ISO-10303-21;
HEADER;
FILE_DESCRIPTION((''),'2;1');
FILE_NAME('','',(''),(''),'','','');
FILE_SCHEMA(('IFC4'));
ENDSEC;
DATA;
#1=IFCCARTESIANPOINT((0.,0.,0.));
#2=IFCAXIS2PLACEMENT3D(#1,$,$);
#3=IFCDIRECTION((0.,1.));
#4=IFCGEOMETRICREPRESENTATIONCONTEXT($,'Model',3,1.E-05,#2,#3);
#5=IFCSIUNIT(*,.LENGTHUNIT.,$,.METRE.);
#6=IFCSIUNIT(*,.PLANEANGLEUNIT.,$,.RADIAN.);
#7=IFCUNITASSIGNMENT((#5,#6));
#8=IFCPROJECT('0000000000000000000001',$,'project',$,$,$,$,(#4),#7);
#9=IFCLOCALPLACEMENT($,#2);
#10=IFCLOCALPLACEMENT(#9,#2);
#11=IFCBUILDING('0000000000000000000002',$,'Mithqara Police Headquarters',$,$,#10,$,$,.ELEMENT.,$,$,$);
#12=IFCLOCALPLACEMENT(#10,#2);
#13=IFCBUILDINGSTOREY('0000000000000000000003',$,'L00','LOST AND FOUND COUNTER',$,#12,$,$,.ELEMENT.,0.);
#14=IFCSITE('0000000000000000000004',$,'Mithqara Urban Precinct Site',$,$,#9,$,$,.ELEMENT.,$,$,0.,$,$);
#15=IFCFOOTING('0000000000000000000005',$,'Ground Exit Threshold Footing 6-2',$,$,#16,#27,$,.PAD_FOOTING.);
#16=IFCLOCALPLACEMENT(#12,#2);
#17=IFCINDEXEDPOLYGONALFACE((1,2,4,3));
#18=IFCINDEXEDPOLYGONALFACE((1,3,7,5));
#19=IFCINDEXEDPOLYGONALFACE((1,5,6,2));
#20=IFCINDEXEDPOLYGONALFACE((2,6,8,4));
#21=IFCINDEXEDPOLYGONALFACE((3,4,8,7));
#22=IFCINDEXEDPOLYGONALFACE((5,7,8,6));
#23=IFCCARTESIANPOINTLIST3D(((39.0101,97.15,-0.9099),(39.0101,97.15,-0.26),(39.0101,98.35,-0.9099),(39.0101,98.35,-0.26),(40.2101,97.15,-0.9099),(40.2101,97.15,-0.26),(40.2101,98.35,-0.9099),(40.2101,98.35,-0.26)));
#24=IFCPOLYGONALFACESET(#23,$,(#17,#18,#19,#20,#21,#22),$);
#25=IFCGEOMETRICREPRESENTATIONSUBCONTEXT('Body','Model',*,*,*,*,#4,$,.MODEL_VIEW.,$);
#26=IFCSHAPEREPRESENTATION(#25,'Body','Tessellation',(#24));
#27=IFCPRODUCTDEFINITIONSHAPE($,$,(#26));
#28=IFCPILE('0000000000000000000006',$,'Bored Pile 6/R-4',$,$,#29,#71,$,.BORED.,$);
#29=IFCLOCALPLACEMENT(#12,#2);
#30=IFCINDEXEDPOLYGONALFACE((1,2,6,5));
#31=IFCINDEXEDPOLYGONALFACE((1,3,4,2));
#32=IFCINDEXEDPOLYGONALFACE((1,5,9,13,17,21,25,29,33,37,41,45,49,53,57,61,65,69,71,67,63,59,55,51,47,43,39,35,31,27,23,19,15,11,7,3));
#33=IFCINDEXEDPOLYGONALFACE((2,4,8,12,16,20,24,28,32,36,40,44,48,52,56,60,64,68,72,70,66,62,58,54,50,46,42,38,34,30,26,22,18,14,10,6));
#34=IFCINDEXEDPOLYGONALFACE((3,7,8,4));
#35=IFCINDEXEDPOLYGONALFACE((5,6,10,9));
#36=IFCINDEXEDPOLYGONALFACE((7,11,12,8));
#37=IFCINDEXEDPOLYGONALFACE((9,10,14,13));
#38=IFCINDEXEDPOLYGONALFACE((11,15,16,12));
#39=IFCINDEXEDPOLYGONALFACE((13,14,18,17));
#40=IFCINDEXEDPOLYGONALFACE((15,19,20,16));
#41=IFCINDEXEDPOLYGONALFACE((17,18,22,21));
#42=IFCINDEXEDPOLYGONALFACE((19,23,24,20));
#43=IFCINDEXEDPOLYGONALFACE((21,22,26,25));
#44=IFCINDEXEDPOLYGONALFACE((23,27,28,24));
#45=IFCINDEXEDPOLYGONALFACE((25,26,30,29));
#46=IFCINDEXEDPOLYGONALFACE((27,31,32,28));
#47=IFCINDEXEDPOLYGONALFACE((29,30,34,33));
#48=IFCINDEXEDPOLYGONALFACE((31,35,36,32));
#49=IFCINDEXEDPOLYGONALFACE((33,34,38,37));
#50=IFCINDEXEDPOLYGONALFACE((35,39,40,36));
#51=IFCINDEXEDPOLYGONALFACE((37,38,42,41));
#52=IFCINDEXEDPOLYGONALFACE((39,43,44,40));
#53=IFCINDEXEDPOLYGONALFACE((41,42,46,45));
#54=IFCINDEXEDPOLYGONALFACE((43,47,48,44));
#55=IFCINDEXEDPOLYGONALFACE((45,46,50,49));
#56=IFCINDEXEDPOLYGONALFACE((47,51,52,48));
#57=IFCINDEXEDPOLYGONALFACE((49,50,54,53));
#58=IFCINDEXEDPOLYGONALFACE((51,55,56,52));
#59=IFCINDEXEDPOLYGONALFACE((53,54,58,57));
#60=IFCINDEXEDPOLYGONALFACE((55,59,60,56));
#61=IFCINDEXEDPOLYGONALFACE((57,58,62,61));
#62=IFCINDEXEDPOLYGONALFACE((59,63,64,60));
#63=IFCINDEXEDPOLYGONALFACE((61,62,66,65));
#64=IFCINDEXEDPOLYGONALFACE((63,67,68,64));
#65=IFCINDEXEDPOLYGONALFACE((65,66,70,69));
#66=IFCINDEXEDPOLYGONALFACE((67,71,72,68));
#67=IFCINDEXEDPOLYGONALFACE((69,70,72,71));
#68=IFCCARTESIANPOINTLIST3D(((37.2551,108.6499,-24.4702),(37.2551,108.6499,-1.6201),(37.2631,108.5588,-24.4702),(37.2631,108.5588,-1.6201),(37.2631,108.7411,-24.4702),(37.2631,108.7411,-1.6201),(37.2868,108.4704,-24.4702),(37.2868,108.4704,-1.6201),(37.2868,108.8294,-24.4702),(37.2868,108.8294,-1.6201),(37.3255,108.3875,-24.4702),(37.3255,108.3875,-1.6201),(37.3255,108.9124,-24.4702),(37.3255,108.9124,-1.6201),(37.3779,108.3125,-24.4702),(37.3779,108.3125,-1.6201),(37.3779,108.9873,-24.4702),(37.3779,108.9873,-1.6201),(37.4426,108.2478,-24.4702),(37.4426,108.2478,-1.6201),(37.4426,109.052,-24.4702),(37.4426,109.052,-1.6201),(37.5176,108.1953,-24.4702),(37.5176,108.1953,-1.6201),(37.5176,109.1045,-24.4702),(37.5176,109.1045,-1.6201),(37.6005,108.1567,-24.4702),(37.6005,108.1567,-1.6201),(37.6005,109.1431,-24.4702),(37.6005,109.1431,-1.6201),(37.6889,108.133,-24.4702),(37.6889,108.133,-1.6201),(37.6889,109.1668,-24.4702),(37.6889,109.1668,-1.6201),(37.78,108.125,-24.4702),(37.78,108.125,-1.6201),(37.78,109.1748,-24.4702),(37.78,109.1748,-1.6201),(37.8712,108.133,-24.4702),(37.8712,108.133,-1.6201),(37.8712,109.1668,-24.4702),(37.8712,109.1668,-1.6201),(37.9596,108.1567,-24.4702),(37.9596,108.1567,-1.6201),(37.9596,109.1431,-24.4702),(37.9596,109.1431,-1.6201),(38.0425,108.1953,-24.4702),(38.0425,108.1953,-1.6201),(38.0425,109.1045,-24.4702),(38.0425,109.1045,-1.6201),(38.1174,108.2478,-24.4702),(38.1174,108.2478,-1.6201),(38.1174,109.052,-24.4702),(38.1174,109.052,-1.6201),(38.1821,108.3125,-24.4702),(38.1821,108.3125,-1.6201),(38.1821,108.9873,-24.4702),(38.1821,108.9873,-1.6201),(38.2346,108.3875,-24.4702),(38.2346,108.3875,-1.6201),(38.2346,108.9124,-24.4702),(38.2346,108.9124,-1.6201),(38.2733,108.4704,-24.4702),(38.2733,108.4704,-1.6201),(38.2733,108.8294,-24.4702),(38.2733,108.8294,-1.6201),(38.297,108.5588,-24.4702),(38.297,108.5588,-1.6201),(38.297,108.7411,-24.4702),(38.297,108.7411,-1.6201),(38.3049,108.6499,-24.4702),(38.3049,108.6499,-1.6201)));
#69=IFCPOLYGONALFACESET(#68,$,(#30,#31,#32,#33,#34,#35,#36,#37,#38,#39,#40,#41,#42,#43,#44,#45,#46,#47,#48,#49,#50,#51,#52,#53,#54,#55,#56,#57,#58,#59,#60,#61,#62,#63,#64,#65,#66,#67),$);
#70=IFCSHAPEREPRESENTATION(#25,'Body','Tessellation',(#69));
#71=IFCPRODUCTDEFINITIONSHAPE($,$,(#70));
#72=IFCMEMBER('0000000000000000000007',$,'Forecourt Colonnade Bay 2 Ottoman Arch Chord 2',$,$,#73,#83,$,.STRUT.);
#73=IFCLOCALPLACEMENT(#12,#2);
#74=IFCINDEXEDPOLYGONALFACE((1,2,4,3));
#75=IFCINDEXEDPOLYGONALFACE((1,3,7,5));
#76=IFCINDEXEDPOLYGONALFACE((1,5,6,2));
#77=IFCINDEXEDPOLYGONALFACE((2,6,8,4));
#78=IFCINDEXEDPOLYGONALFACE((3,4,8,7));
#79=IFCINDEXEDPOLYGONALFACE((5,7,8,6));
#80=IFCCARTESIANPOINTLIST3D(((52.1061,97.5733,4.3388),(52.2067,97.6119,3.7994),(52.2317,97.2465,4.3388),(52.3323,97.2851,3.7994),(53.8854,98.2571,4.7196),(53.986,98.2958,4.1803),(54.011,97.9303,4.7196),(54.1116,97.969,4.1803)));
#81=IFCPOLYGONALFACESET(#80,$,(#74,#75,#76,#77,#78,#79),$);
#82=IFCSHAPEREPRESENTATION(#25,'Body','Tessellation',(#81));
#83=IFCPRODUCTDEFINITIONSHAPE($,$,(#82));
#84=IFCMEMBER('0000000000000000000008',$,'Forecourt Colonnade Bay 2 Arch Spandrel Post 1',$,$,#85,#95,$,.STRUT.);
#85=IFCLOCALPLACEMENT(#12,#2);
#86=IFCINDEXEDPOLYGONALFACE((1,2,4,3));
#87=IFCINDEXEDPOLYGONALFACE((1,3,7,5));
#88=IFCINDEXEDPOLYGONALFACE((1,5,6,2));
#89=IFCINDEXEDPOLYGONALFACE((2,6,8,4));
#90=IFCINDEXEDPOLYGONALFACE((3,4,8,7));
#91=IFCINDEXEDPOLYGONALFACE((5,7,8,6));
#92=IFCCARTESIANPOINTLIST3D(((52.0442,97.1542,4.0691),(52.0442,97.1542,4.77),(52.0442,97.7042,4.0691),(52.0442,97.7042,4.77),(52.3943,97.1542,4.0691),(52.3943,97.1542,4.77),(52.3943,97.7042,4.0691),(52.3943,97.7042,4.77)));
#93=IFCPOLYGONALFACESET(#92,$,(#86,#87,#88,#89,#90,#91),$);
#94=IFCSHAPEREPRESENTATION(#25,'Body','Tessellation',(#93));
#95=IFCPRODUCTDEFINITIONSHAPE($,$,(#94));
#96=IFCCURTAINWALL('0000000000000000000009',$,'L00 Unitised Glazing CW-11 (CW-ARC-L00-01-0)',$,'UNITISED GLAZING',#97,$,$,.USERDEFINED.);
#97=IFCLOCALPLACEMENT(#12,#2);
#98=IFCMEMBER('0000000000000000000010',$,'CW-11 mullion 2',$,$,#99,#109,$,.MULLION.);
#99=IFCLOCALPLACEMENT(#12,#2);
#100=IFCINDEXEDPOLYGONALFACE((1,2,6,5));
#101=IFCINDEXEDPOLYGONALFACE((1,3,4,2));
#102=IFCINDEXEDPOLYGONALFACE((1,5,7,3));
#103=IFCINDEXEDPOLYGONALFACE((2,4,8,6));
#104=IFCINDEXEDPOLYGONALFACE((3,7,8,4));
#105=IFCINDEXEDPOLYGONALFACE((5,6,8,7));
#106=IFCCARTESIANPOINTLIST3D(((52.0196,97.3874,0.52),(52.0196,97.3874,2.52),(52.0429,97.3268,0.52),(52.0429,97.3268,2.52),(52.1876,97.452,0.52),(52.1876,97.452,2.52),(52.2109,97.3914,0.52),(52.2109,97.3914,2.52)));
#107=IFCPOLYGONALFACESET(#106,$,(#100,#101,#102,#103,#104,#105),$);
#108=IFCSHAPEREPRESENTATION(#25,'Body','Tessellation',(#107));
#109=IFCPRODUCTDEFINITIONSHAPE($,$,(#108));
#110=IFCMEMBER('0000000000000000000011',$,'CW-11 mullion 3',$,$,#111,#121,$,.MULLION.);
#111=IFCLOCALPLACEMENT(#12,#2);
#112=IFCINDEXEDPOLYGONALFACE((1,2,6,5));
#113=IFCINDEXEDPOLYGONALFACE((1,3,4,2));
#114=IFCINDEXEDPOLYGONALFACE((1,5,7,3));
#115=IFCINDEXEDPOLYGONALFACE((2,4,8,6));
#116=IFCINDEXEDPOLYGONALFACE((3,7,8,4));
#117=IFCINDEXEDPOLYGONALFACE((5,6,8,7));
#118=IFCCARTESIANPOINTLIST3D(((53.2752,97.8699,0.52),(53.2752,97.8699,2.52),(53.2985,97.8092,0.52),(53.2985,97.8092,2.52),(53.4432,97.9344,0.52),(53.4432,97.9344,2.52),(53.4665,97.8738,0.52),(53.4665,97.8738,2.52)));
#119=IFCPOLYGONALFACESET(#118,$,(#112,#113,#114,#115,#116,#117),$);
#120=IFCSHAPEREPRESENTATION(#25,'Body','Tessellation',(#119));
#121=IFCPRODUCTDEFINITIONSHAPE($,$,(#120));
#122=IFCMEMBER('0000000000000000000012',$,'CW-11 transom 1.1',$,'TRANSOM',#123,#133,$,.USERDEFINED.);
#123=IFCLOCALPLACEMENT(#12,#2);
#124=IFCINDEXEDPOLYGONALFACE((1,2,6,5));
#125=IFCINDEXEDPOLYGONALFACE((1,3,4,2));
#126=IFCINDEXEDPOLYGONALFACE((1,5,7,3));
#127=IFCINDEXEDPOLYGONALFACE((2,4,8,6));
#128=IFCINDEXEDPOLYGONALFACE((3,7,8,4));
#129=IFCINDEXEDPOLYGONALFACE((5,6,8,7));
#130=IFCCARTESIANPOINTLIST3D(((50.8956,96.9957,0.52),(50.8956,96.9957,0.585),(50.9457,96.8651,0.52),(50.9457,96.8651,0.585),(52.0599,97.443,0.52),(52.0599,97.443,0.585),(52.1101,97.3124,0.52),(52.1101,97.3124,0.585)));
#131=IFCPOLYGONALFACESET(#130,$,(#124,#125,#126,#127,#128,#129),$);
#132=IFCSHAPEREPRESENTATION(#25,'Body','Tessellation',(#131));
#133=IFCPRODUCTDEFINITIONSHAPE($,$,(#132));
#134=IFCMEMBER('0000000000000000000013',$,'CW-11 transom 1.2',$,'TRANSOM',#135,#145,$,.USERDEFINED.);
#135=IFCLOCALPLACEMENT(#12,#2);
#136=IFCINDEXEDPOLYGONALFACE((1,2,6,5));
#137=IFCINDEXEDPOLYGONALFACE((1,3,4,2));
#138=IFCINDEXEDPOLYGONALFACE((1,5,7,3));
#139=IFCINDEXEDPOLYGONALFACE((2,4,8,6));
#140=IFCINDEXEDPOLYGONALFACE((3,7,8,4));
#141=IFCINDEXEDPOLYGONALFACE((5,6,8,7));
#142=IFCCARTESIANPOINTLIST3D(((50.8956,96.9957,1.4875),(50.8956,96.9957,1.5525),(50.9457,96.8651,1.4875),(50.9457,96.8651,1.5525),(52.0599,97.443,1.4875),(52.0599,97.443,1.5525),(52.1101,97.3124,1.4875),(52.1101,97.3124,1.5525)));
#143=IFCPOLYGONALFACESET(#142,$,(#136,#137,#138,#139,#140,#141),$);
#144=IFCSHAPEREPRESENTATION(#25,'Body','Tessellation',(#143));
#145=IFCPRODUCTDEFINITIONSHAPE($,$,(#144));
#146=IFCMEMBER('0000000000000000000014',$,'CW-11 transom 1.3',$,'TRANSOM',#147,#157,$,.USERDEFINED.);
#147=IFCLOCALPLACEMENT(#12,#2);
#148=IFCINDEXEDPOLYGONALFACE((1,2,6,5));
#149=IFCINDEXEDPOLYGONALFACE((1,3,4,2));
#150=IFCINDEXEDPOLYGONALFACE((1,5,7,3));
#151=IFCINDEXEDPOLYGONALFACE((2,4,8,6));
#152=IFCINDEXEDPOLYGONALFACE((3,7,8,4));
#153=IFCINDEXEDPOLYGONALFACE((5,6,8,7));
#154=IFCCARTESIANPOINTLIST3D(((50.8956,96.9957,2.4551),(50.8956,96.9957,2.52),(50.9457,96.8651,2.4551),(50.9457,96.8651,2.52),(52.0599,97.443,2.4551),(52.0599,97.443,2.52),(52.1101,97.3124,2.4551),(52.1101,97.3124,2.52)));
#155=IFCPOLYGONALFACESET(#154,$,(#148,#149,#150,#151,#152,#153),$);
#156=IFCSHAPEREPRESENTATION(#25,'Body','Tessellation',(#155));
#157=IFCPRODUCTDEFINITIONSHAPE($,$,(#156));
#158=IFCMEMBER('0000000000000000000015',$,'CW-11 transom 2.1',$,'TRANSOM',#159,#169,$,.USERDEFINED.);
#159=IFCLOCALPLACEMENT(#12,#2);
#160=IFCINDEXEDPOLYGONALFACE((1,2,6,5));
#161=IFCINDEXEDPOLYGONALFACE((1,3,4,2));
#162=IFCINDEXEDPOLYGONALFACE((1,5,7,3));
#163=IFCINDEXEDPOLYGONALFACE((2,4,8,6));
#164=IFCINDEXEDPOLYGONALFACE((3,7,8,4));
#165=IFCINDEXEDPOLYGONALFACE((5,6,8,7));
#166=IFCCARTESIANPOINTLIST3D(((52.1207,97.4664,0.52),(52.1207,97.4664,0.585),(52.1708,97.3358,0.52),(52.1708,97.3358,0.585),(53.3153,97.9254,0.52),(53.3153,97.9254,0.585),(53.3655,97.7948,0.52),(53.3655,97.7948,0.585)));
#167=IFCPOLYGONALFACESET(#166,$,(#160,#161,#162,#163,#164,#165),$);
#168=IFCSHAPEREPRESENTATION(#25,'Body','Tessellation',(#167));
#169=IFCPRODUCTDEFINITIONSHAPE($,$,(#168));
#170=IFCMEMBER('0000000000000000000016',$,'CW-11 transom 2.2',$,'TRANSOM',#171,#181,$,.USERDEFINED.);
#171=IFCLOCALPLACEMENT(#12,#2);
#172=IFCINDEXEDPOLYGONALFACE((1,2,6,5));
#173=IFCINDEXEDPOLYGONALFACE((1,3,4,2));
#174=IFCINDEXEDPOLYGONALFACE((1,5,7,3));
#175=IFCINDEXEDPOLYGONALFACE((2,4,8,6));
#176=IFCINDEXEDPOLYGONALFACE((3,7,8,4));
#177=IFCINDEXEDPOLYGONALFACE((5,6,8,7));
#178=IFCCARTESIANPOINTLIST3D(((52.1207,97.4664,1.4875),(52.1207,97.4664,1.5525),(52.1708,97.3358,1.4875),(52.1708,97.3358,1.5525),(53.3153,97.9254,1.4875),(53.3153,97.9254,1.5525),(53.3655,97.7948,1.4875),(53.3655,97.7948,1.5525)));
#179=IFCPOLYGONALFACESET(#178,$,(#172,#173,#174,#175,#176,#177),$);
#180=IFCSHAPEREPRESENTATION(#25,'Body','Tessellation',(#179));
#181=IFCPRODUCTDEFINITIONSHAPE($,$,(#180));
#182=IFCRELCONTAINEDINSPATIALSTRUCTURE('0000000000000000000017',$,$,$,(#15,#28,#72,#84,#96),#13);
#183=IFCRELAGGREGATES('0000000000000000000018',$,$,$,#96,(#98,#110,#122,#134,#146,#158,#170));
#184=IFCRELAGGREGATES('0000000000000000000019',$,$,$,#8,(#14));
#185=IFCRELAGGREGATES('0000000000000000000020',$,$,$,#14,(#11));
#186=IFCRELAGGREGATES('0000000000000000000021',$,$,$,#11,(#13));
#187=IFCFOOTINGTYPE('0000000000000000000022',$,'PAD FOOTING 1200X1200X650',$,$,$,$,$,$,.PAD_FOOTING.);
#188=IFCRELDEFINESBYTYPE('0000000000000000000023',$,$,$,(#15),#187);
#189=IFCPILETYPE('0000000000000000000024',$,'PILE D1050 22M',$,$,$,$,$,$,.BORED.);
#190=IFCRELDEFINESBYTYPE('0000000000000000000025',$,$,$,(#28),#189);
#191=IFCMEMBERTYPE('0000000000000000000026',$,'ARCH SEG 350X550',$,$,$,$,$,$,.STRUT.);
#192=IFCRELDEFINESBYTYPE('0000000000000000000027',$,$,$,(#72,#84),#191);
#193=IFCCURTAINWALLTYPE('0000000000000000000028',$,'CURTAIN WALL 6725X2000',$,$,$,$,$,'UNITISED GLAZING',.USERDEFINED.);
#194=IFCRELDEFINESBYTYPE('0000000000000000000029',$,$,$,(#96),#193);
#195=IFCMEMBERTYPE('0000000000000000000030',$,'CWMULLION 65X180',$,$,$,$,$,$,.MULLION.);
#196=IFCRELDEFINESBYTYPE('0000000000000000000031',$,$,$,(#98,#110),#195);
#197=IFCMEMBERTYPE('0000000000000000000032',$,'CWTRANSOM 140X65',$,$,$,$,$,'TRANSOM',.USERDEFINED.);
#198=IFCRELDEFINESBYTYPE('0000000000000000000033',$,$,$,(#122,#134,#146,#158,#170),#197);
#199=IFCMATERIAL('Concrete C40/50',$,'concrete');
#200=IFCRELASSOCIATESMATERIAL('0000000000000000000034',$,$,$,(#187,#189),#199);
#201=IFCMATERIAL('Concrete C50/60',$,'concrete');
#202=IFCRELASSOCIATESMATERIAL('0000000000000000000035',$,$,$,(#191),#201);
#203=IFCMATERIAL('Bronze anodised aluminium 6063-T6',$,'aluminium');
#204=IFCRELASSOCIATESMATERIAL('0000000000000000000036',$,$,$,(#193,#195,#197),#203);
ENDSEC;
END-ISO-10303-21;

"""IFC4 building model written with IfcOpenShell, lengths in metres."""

from ifc_helpers import new_model, si_unit, direction, frame, origin, origin_2d, place, context, subcontext, project, spatial, rectangle, circle, extrude, material, material_profile, profile_set, type_object, element, aggregate, save


model = new_model("IFC4")

# Units and contexts
model_context = context("Model", 3, precision=1e-05, world=origin(), true_north=direction((0.0, 1.0)))
body_context = subcontext(model_context, "Body", "Model", "MODEL_VIEW")
ifc_project = project(units=[si_unit("LENGTHUNIT", "METRE"), si_unit("PLANEANGLEUNIT", "RADIAN")], contexts=[model_context])

# Site, building, storey
site_placement = place(None, origin())
site = spatial("IfcSite", under=ifc_project, at=site_placement, Name="Mithqara Urban Precinct Site", CompositionType="ELEMENT", RefElevation=0.0)
building_placement = place(site_placement, origin())
building = spatial("IfcBuilding", under=site, at=building_placement, Name="Mithqara Police Headquarters", CompositionType="ELEMENT")
storey_placement = place(building_placement, origin())
storey = spatial("IfcBuildingStorey", under=building, at=storey_placement, Name="L00", Description="LOST AND FOUND COUNTER", CompositionType="ELEMENT", Elevation=0.0)

# Footing
ifc_material_1 = material(Name="Concrete C40/50", Category="concrete")
footing_type = type_object("IfcFootingType", Name="PAD FOOTING 1200X1200X650", PredefinedType="PAD_FOOTING", material=ifc_material_1)
footing_placement = place(storey_placement, frame((39.6101, 97.75, -0.9099), z_axis=(0.0, 0.0, 1.0), x_axis=(1.0, 0.0, 0.0)))
element("IfcFooting", 1, at=footing_placement, inside=storey, type_object=footing_type, Name="Ground Exit Threshold Footing 6-2", PredefinedType="PAD_FOOTING", context=body_context, shape_type="SweptSolid", body=[
    extrude(rectangle(XDim=1.2, YDim=1.2, at=origin_2d()), origin(), (0.0, 0.0, 1.0), 0.6499),
])

# Pile
ifc_material_profile_1 = material_profile(ifc_material_1, circle(Radius=0.5249, at=origin_2d()), Name="PILE D1050")
ifc_profile_set_1 = profile_set([ifc_material_profile_1], Name="Concrete C40/50")
pile_type = type_object("IfcPileType", Name="PILE D1050 22M", PredefinedType="BORED", material=ifc_profile_set_1)
pile_placement = place(storey_placement, frame((37.78, 108.6499, -1.6201), z_axis=(0.0, 0.0, -1.0), x_axis=(1.0, 0.0, 0.0)))
element("IfcPile", 2, at=pile_placement, inside=storey, type_object=pile_type, Name="Bored Pile 6/R-4", PredefinedType="BORED", context=body_context, shape_type="SweptSolid", body=[
    extrude(circle(Radius=0.5249, at=origin_2d()), origin(), (0.0, 0.0, 1.0), 22.8501),
])

# Members
ifc_material_2 = material(Name="Concrete C50/60", Category="concrete")
ifc_material_profile_2 = material_profile(ifc_material_2, rectangle(XDim=0.3501, YDim=0.55, at=origin_2d()), Name="ARC 350x550")
ifc_profile_set_2 = profile_set([ifc_material_profile_2], Name="Concrete C50/60")
member_type_1 = type_object("IfcMemberType", Name="ARCH SEG 350X550", PredefinedType="STRUT", material=ifc_profile_set_2)
member_1_placement = place(storey_placement, frame((52.2192, 97.4292, 4.0691), z_axis=(0.915343, 0.351794, 0.19593), x_axis=(-0.358747, 0.933435, 0.0)))
element("IfcMember", 3, at=member_1_placement, inside=storey, type_object=member_type_1, Name="Forecourt Colonnade Bay 2 Ottoman Arch Chord 2", PredefinedType="STRUT", context=body_context, shape_type="SweptSolid", body=[
    extrude(rectangle(XDim=0.3501, YDim=0.55, at=origin_2d()), origin(), (0.0, 0.0, 1.0), 1.9438),
])
member_2_placement = place(storey_placement, frame((52.2192, 97.4292, 4.0691), z_axis=(0.0, 0.0, 1.0), x_axis=(1.0, 0.0, 0.0)))
element("IfcMember", 4, at=member_2_placement, inside=storey, type_object=member_type_1, Name="Forecourt Colonnade Bay 2 Arch Spandrel Post 1", PredefinedType="STRUT", context=body_context, shape_type="SweptSolid", body=[
    extrude(rectangle(XDim=0.3501, YDim=0.55, at=origin_2d()), origin(), (0.0, 0.0, 1.0), 0.7009),
])

# Curtain wall, members
ifc_material_3 = material(Name="Bronze anodised aluminium 6063-T6", Category="aluminium")
curtain_wall_type = type_object("IfcCurtainWallType", Name="CURTAIN WALL 6725X2000", ElementType="UNITISED GLAZING", PredefinedType="USERDEFINED", material=ifc_material_3)
curtain_wall_placement = place(storey_placement, origin())
curtain_wall = element("IfcCurtainWall", 5, at=curtain_wall_placement, inside=storey, type_object=curtain_wall_type, Name="L00 Unitised Glazing CW-11 (CW-ARC-L00-01-0)", ObjectType="UNITISED GLAZING", PredefinedType="USERDEFINED")
ifc_material_profile_3 = material_profile(ifc_material_3, rectangle(XDim=0.0649, YDim=0.1799, at=origin_2d()), Name="CWM 65x180")
ifc_profile_set_3 = profile_set([ifc_material_profile_3], Name="Bronze anodised aluminium 6063-T6")
member_type_2 = type_object("IfcMemberType", Name="CWMULLION 65X180", PredefinedType="MULLION", material=ifc_profile_set_3)
member_3_placement = place(storey_placement, frame((52.1152, 97.3894, 0.52), z_axis=(0.0, 0.0, 1.0), x_axis=(-0.35868, 0.933461, 0.0)))
member_3 = element("IfcMember", 6, at=member_3_placement, type_object=member_type_2, Name="CW-11 mullion 2", PredefinedType="MULLION", context=body_context, shape_type="SweptSolid", body=[
    extrude(rectangle(XDim=0.0649, YDim=0.1799, at=origin_2d()), origin(), (0.0, 0.0, 1.0), 2.0),
])
member_4_placement = place(storey_placement, frame((53.3708, 97.8718, 0.52), z_axis=(0.0, 0.0, 1.0), x_axis=(-0.35868, 0.933461, 0.0)))
member_4 = element("IfcMember", 7, at=member_4_placement, type_object=member_type_2, Name="CW-11 mullion 3", PredefinedType="MULLION", context=body_context, shape_type="SweptSolid", body=[
    extrude(rectangle(XDim=0.0649, YDim=0.1799, at=origin_2d()), origin(), (0.0, 0.0, 1.0), 2.0),
])
ifc_material_profile_4 = material_profile(ifc_material_3, rectangle(XDim=0.1399, YDim=0.0649, at=origin_2d()), Name="CWT 140x65")
ifc_profile_set_4 = profile_set([ifc_material_profile_4], Name="Bronze anodised aluminium 6063-T6")
member_type_3 = type_object("IfcMemberType", Name="CWTRANSOM 140X65", ElementType="TRANSOM", PredefinedType="USERDEFINED", material=ifc_profile_set_4)
member_5_placement = place(storey_placement, frame((50.9207, 96.9304, 0.5525), z_axis=(0.933492, 0.358599, 0.0), x_axis=(-0.358599, 0.933492, 0.0)))
member_5 = element("IfcMember", 8, at=member_5_placement, type_object=member_type_3, Name="CW-11 transom 1.1", ObjectType="TRANSOM", PredefinedType="USERDEFINED", context=body_context, shape_type="SweptSolid", body=[
    extrude(rectangle(XDim=0.1399, YDim=0.0649, at=origin_2d()), origin(), (0.0, 0.0, 1.0), 1.2473),
])
member_6_placement = place(storey_placement, frame((50.9207, 96.9304, 1.52), z_axis=(0.933492, 0.358599, 0.0), x_axis=(-0.358599, 0.933492, 0.0)))
member_6 = element("IfcMember", 9, at=member_6_placement, type_object=member_type_3, Name="CW-11 transom 1.2", ObjectType="TRANSOM", PredefinedType="USERDEFINED", context=body_context, shape_type="SweptSolid", body=[
    extrude(rectangle(XDim=0.1399, YDim=0.0649, at=origin_2d()), origin(), (0.0, 0.0, 1.0), 1.2473),
])
member_7_placement = place(storey_placement, frame((50.9207, 96.9304, 2.4875), z_axis=(0.933492, 0.358599, 0.0), x_axis=(-0.358599, 0.933492, 0.0)))
member_7 = element("IfcMember", 10, at=member_7_placement, type_object=member_type_3, Name="CW-11 transom 1.3", ObjectType="TRANSOM", PredefinedType="USERDEFINED", context=body_context, shape_type="SweptSolid", body=[
    extrude(rectangle(XDim=0.1399, YDim=0.0649, at=origin_2d()), origin(), (0.0, 0.0, 1.0), 1.2473),
])
member_8_placement = place(storey_placement, frame((52.1458, 97.4011, 0.5525), z_axis=(0.933468, 0.358659, 0.0), x_axis=(-0.358659, 0.933468, 0.0)))
member_8 = element("IfcMember", 11, at=member_8_placement, type_object=member_type_3, Name="CW-11 transom 2.1", ObjectType="TRANSOM", PredefinedType="USERDEFINED", context=body_context, shape_type="SweptSolid", body=[
    extrude(rectangle(XDim=0.1399, YDim=0.0649, at=origin_2d()), origin(), (0.0, 0.0, 1.0), 1.2798),
])
member_9_placement = place(storey_placement, frame((52.1458, 97.4011, 1.52), z_axis=(0.933468, 0.358659, 0.0), x_axis=(-0.358659, 0.933468, 0.0)))
member_9 = element("IfcMember", 12, at=member_9_placement, type_object=member_type_3, Name="CW-11 transom 2.2", ObjectType="TRANSOM", PredefinedType="USERDEFINED", context=body_context, shape_type="SweptSolid", body=[
    extrude(rectangle(XDim=0.1399, YDim=0.0649, at=origin_2d()), origin(), (0.0, 0.0, 1.0), 1.2798),
])
aggregate(curtain_wall, [member_3, member_4, member_5, member_6, member_7, member_8, member_9])

save(model, "model.ifc")
